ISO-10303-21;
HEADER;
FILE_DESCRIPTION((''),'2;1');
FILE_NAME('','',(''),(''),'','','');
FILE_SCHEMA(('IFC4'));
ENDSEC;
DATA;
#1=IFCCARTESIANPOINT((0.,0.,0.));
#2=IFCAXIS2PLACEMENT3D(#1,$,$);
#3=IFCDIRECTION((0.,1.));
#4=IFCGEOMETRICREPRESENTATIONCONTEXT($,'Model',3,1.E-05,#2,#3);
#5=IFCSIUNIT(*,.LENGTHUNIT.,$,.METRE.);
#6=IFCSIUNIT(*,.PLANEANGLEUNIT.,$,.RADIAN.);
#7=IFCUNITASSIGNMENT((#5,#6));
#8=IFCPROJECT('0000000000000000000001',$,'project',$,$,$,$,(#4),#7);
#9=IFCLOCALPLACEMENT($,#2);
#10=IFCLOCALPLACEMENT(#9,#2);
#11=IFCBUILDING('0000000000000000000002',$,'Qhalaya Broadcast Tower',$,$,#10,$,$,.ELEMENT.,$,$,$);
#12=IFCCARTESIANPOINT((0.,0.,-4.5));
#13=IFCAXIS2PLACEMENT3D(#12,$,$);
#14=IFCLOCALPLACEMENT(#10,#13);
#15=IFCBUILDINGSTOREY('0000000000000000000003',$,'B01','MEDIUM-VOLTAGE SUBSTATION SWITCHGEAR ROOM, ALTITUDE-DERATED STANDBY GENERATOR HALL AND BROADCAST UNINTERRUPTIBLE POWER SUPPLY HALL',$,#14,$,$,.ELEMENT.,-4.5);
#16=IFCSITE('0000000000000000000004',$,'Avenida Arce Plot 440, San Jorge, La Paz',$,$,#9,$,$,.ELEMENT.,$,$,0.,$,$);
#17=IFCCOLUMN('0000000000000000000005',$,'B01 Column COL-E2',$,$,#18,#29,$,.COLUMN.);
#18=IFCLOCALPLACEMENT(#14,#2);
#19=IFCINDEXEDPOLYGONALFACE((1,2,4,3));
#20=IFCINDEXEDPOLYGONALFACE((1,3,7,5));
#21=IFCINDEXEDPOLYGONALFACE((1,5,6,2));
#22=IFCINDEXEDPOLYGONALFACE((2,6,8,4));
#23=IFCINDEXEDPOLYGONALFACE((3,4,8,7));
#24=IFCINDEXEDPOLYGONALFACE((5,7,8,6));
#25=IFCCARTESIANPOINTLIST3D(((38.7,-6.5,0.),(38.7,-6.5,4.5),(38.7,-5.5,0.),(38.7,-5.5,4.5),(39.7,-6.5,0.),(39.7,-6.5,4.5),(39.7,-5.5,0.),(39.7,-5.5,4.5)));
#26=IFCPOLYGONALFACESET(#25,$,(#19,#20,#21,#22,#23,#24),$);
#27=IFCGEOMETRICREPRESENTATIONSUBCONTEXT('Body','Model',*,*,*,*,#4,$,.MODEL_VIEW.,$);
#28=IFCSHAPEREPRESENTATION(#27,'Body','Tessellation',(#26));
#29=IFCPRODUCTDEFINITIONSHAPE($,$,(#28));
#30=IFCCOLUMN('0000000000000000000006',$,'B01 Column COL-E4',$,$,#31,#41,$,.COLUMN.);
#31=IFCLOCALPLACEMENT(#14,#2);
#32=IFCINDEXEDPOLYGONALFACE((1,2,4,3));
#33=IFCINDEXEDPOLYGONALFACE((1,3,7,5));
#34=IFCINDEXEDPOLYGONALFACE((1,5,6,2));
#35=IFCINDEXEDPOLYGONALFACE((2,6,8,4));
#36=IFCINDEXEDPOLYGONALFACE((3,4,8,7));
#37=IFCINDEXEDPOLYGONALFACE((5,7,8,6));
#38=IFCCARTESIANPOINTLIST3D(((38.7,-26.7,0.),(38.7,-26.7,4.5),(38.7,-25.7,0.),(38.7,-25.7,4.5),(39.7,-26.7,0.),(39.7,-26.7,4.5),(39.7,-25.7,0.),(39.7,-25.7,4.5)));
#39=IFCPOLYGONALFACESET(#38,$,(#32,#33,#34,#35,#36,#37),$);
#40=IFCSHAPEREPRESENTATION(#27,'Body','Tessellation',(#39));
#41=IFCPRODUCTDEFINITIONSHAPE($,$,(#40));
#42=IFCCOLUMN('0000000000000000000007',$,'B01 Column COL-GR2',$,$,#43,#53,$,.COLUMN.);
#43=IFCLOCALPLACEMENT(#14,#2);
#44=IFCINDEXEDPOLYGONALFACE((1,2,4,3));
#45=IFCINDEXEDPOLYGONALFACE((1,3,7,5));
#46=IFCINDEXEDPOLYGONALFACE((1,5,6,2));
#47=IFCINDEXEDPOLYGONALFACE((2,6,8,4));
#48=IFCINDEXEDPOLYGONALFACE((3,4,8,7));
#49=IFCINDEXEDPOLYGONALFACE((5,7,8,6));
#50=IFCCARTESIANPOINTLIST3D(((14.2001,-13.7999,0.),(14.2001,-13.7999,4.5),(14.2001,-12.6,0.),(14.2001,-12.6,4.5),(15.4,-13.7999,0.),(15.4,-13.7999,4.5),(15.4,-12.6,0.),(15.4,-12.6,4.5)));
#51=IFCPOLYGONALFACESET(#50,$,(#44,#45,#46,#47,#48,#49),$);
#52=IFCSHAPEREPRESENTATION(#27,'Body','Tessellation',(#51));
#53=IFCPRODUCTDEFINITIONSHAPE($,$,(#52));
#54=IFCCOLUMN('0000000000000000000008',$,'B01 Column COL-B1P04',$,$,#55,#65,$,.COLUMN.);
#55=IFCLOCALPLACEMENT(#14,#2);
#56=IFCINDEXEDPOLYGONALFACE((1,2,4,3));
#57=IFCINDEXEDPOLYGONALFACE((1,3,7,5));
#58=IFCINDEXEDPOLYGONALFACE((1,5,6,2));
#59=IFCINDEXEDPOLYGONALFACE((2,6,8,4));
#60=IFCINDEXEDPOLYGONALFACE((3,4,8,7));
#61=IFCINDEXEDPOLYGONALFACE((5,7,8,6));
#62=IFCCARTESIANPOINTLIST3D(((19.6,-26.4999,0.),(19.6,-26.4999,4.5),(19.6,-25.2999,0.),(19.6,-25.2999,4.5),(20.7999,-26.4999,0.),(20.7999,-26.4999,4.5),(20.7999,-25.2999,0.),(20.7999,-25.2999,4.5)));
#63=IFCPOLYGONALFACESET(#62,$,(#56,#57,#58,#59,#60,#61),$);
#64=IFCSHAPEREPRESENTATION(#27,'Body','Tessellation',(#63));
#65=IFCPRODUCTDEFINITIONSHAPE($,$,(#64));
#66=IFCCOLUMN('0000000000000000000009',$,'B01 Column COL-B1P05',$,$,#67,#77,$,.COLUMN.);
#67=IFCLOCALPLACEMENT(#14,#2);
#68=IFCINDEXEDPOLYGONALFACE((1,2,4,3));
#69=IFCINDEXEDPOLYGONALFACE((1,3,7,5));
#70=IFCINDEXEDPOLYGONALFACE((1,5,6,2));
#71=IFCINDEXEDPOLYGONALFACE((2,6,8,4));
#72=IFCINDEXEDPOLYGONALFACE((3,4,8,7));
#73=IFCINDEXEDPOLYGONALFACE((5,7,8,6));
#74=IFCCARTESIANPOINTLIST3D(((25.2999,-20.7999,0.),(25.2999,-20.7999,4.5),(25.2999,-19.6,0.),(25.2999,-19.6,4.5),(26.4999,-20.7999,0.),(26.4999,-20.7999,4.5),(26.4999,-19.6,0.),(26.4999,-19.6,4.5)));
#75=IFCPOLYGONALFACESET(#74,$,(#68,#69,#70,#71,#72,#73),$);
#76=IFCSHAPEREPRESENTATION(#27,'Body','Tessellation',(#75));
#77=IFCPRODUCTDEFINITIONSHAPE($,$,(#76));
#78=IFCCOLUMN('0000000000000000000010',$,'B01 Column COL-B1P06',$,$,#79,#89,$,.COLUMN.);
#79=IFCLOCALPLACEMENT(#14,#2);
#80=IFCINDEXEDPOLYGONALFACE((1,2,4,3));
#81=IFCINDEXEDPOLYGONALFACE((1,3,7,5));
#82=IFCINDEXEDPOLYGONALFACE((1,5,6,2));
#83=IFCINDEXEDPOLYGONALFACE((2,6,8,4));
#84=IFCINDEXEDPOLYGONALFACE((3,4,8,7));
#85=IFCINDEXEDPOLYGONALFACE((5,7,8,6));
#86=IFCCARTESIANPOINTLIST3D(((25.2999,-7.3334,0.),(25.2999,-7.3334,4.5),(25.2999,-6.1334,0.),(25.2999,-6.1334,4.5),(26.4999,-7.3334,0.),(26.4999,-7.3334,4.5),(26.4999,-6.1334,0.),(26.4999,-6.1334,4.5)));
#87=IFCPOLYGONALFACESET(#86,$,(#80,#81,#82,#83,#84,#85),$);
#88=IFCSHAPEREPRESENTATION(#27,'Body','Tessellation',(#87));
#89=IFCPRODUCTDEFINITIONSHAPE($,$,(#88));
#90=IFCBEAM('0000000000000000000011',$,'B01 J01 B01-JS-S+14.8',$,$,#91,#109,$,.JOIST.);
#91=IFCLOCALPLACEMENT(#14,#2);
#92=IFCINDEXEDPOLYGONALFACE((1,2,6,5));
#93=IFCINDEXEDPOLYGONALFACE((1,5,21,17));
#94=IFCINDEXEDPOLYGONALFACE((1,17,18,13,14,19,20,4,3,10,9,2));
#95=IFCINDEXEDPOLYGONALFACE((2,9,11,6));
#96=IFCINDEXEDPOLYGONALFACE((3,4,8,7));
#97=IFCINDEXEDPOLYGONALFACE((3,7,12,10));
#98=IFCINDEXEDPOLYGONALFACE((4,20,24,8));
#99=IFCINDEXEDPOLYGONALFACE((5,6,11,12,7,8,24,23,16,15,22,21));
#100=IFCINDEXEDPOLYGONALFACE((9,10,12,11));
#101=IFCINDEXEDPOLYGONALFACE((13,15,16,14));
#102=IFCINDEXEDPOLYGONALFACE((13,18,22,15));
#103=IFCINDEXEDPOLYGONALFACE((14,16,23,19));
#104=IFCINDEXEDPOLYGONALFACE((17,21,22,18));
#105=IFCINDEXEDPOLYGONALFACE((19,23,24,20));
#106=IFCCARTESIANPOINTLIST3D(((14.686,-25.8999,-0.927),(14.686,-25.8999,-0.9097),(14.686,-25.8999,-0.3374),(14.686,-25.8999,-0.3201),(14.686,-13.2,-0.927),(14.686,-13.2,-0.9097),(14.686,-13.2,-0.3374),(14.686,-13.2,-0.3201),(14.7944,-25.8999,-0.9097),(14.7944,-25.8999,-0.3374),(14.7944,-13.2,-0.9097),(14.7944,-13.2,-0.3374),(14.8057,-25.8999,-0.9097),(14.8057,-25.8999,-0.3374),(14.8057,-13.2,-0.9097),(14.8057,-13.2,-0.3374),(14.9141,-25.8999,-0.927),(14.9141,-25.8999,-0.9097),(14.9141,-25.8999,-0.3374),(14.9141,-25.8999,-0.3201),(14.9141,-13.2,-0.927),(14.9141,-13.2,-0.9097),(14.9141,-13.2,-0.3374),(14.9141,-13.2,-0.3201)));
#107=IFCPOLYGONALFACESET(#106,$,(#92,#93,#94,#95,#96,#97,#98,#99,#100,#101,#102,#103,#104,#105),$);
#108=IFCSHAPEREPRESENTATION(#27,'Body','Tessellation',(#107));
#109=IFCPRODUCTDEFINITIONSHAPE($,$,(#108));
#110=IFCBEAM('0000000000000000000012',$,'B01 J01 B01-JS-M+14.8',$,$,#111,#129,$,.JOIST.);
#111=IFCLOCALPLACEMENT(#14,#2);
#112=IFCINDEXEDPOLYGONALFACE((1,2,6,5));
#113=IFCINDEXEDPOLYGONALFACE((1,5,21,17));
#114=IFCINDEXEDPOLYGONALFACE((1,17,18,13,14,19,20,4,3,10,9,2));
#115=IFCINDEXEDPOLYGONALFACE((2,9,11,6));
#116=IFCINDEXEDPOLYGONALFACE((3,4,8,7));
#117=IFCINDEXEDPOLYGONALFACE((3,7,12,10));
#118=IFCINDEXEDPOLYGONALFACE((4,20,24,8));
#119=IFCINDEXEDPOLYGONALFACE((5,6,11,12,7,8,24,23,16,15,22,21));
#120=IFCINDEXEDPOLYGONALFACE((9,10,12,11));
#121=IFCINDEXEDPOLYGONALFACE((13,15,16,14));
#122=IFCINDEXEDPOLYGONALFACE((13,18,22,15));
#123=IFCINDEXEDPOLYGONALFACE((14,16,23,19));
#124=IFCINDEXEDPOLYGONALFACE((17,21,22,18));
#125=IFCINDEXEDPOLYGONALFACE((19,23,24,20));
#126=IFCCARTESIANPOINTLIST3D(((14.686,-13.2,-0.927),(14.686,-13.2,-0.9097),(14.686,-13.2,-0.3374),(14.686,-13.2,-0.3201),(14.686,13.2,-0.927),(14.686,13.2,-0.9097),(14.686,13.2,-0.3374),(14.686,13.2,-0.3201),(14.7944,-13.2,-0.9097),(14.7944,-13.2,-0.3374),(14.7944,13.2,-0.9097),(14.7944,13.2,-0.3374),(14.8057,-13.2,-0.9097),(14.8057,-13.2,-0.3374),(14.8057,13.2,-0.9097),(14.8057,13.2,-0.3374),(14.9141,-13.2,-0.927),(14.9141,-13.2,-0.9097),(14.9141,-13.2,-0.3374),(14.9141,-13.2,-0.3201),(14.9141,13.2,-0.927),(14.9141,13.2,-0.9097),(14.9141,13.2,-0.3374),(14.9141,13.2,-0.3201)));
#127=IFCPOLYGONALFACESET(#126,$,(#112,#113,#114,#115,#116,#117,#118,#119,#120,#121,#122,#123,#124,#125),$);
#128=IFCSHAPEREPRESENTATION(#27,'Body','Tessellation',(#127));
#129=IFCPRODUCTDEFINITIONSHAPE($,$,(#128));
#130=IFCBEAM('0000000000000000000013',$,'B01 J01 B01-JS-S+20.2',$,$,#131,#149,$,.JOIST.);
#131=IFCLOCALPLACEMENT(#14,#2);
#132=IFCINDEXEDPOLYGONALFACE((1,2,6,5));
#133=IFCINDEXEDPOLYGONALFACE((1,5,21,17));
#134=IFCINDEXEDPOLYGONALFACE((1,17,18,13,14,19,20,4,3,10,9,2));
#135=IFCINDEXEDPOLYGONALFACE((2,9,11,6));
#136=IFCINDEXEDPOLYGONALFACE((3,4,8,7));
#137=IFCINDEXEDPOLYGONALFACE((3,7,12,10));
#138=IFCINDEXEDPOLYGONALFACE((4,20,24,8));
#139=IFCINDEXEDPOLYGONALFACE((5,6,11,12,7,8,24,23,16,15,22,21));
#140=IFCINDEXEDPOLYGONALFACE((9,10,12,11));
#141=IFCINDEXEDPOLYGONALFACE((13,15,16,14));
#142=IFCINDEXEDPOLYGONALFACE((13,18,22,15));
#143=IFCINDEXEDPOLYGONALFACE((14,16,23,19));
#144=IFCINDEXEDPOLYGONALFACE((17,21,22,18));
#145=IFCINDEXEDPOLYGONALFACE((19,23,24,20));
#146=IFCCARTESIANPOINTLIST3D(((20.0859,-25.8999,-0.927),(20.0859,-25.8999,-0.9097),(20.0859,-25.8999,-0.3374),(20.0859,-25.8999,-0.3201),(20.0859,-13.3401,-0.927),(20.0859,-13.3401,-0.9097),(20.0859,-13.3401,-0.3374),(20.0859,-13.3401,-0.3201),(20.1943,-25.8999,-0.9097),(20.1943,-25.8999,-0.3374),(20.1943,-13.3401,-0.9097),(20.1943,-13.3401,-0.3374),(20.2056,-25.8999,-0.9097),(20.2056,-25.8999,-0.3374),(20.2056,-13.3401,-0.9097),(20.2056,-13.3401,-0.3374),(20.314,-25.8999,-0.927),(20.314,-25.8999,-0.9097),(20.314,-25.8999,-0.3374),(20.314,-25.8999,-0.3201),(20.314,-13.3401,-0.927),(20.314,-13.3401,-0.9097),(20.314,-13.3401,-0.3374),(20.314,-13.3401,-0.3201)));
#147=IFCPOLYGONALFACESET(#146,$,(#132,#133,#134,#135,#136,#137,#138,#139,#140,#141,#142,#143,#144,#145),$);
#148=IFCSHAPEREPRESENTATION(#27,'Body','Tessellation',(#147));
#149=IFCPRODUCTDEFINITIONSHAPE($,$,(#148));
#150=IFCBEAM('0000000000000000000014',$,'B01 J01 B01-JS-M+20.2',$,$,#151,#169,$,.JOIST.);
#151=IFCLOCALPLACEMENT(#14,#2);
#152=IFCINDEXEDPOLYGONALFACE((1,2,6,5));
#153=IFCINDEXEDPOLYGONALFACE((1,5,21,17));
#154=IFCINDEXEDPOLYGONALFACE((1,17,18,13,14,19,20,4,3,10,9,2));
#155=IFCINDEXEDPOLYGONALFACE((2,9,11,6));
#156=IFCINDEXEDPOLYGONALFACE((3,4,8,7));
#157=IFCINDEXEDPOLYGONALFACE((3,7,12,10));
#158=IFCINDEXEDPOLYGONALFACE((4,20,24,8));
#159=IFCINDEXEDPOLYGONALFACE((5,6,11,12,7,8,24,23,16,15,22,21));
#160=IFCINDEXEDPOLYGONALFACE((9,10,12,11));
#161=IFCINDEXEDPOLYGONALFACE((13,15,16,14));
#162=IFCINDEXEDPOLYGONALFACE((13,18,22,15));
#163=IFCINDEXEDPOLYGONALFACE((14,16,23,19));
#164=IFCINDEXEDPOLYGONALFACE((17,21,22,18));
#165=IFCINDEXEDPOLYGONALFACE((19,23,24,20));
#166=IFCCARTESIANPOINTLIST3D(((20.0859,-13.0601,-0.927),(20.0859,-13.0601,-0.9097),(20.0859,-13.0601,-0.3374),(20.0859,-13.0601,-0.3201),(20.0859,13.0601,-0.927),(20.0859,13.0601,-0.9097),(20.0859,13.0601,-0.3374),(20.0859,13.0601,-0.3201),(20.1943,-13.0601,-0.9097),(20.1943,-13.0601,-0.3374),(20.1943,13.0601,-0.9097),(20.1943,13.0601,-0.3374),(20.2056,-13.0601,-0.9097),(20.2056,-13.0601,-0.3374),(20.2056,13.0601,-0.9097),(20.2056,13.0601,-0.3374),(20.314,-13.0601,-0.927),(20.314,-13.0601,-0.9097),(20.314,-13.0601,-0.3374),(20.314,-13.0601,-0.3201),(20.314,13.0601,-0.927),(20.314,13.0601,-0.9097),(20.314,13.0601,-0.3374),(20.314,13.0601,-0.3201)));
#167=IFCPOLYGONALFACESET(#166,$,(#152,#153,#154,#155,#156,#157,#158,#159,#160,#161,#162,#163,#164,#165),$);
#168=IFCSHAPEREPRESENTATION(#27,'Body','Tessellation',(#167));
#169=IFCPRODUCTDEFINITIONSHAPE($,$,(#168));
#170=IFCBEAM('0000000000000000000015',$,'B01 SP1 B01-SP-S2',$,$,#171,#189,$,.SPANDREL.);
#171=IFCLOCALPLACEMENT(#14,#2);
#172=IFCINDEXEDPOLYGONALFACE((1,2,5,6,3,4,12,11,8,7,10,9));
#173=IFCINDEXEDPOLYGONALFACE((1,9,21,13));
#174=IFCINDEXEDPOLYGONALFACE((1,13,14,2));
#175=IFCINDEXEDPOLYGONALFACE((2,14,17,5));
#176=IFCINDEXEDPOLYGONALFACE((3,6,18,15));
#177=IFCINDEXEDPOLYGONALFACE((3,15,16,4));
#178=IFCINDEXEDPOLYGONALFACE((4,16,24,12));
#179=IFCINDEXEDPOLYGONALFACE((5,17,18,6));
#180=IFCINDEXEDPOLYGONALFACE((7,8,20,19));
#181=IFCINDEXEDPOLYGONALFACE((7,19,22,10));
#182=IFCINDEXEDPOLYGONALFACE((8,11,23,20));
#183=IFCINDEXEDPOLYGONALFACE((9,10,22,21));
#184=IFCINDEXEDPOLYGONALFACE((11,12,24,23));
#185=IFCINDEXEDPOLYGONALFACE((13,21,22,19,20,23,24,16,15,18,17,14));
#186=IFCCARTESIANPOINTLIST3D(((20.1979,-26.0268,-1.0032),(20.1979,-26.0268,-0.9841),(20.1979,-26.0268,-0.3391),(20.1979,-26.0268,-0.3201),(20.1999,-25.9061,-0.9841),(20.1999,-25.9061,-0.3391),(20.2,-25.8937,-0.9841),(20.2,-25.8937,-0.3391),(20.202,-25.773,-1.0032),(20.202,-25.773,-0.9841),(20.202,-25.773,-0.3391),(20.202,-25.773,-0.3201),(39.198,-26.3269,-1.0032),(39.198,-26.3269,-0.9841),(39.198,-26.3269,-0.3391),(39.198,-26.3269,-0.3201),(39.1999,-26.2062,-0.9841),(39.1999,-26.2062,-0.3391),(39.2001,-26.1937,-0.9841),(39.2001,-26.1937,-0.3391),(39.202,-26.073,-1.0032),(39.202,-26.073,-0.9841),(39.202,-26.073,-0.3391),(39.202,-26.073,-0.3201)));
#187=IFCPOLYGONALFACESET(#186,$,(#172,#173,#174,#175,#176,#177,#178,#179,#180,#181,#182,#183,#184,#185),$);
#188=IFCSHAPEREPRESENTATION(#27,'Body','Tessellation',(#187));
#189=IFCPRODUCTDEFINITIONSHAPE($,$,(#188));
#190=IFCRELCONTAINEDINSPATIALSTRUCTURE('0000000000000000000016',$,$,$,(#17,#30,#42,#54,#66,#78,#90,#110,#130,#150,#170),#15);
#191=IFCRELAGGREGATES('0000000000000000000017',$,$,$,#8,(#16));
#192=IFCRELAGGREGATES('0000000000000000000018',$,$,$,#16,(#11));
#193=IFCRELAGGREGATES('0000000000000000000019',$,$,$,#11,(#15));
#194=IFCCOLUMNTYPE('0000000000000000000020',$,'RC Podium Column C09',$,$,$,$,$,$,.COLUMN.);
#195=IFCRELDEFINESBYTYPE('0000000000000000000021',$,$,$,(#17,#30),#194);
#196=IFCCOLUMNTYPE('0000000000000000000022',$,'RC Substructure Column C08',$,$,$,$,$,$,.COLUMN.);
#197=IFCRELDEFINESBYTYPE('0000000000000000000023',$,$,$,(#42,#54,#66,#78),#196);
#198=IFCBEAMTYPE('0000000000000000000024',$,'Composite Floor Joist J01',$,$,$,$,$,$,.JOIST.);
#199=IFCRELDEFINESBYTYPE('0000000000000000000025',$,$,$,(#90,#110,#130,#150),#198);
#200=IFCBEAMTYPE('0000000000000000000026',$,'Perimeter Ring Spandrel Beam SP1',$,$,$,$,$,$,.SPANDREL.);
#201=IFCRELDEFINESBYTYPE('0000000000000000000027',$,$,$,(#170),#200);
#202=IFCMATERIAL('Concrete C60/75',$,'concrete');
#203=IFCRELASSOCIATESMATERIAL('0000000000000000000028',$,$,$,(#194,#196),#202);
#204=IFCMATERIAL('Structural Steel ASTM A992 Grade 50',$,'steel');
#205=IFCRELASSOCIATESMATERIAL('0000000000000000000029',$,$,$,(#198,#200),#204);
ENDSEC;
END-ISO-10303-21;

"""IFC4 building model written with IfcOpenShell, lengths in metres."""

from ifc_helpers import new_model, si_unit, direction, frame, origin, origin_2d, place, context, subcontext, project, spatial, rectangle, i_section, extrude, material, material_profile, profile_set, type_object, element, save


model = new_model("IFC4")

# Units and contexts
model_context = context("Model", 3, precision=1e-05, world=origin(), true_north=direction((0.0, 1.0)))
body_context = subcontext(model_context, "Body", "Model", "MODEL_VIEW")
ifc_project = project(units=[si_unit("LENGTHUNIT", "METRE"), si_unit("PLANEANGLEUNIT", "RADIAN")], contexts=[model_context])

# Site, building, storey
site_placement = place(None, origin())
site = spatial("IfcSite", under=ifc_project, at=site_placement, Name="Avenida Arce Plot 440, San Jorge, La Paz", CompositionType="ELEMENT", RefElevation=0.0)
building_placement = place(site_placement, origin())
building = spatial("IfcBuilding", under=site, at=building_placement, Name="Qhalaya Broadcast Tower", CompositionType="ELEMENT")
storey_placement = place(building_placement, frame((0.0, 0.0, -4.5)))
storey = spatial("IfcBuildingStorey", under=building, at=storey_placement, Name="B01", Description="MEDIUM-VOLTAGE SUBSTATION SWITCHGEAR ROOM, ALTITUDE-DERATED STANDBY GENERATOR HALL AND BROADCAST UNINTERRUPTIBLE POWER SUPPLY HALL", CompositionType="ELEMENT", Elevation=-4.5)

# Columns
ifc_material_1 = material(Name="Concrete C60/75", Category="concrete")
ifc_material_profile_1 = material_profile(ifc_material_1, rectangle(XDim=1.0, YDim=1.0, at=origin_2d()), Name="RC-COL 1000x1000")
ifc_profile_set_1 = profile_set([ifc_material_profile_1], Name="Concrete C60/75")
column_type_1 = type_object("IfcColumnType", Name="RC Podium Column C09", PredefinedType="COLUMN", material=ifc_profile_set_1)
for number, where, z_axis, x_axis, name in (
    (1, (39.2, -6.0, 0.0), (0.0, 0.0, 1.0), (1.0, 0.0, 0.0), "B01 Column COL-E2"),
    (2, (39.2, -26.2, 0.0), (0.0, 0.0, 1.0), (1.0, 0.0, 0.0), "B01 Column COL-E4"),
):
    element("IfcColumn", number, at=place(storey_placement, frame(where, z_axis=z_axis, x_axis=x_axis)), inside=storey, type_object=column_type_1, Name=name, PredefinedType="COLUMN", context=body_context, shape_type="SweptSolid", body=[
        extrude(rectangle(XDim=1.0, YDim=1.0, at=origin_2d()), origin(), (0.0, 0.0, 1.0), 4.5),
    ])
ifc_material_profile_2 = material_profile(ifc_material_1, rectangle(XDim=1.2, YDim=1.2, at=origin_2d()), Name="RC-COL 1200x1200")
ifc_profile_set_2 = profile_set([ifc_material_profile_2], Name="Concrete C60/75")
column_type_2 = type_object("IfcColumnType", Name="RC Substructure Column C08", PredefinedType="COLUMN", material=ifc_profile_set_2)
for number, where, z_axis, x_axis, name in (
    (3, (14.8, -13.2, 0.0), (0.0, 0.0, 1.0), (1.0, 0.0, 0.0), "B01 Column COL-GR2"),
    (4, (20.2, -25.8999, 0.0), (0.0, 0.0, 1.0), (1.0, 0.0, 0.0), "B01 Column COL-B1P04"),
    (5, (25.8999, -20.2, 0.0), (0.0, 0.0, 1.0), (0.0, 1.0, 0.0), "B01 Column COL-B1P05"),
    (6, (25.8999, -6.7334, 0.0), (0.0, 0.0, 1.0), (0.0, 1.0, 0.0), "B01 Column COL-B1P06"),
):
    element("IfcColumn", number, at=place(storey_placement, frame(where, z_axis=z_axis, x_axis=x_axis)), inside=storey, type_object=column_type_2, Name=name, PredefinedType="COLUMN", context=body_context, shape_type="SweptSolid", body=[
        extrude(rectangle(XDim=1.2, YDim=1.2, at=origin_2d()), origin(), (0.0, 0.0, 1.0), 4.5),
    ])

# Beams
ifc_material_2 = material(Name="Structural Steel ASTM A992 Grade 50", Category="steel")
ifc_material_profile_3 = material_profile(ifc_material_2, i_section(OverallWidth=0.228, OverallDepth=0.6069, WebThickness=0.0112, FlangeThickness=0.0173, at=origin_2d()), Name="W24X76")
ifc_profile_set_3 = profile_set([ifc_material_profile_3], Name="Structural Steel ASTM A992 Grade 50")
beam_type_1 = type_object("IfcBeamType", Name="Composite Floor Joist J01", PredefinedType="JOIST", material=ifc_profile_set_3)
beam_1_placement = place(storey_placement, frame((14.8, -25.8999, -0.6235), z_axis=(0.0, 1.0, 0.0), x_axis=(-1.0, 0.0, 0.0)))
element("IfcBeam", 7, at=beam_1_placement, inside=storey, type_object=beam_type_1, Name="B01 J01 B01-JS-S+14.8", PredefinedType="JOIST", context=body_context, shape_type="SweptSolid", body=[
    extrude(i_section(OverallWidth=0.228, OverallDepth=0.6069, WebThickness=0.0112, FlangeThickness=0.0173, at=origin_2d()), origin(), (0.0, 0.0, 1.0), 12.7),
])
beam_2_placement = place(storey_placement, frame((14.8, -13.2, -0.6235), z_axis=(0.0, 1.0, 0.0), x_axis=(-1.0, 0.0, 0.0)))
element("IfcBeam", 8, at=beam_2_placement, inside=storey, type_object=beam_type_1, Name="B01 J01 B01-JS-M+14.8", PredefinedType="JOIST", context=body_context, shape_type="SweptSolid", body=[
    extrude(i_section(OverallWidth=0.228, OverallDepth=0.6069, WebThickness=0.0112, FlangeThickness=0.0173, at=origin_2d()), origin(), (0.0, 0.0, 1.0), 26.3999),
])
beam_3_placement = place(storey_placement, frame((20.2, -25.8999, -0.6235), z_axis=(0.0, 1.0, 0.0), x_axis=(-1.0, 0.0, 0.0)))
element("IfcBeam", 9, at=beam_3_placement, inside=storey, type_object=beam_type_1, Name="B01 J01 B01-JS-S+20.2", PredefinedType="JOIST", context=body_context, shape_type="SweptSolid", body=[
    extrude(i_section(OverallWidth=0.228, OverallDepth=0.6069, WebThickness=0.0112, FlangeThickness=0.0173, at=origin_2d()), origin(), (0.0, 0.0, 1.0), 12.5598),
])
beam_4_placement = place(storey_placement, frame((20.2, -13.0601, -0.6235), z_axis=(0.0, 1.0, 0.0), x_axis=(-1.0, 0.0, 0.0)))
element("IfcBeam", 10, at=beam_4_placement, inside=storey, type_object=beam_type_1, Name="B01 J01 B01-JS-M+20.2", PredefinedType="JOIST", context=body_context, shape_type="SweptSolid", body=[
    extrude(i_section(OverallWidth=0.228, OverallDepth=0.6069, WebThickness=0.0112, FlangeThickness=0.0173, at=origin_2d()), origin(), (0.0, 0.0, 1.0), 26.1201),
])
ifc_material_profile_4 = material_profile(ifc_material_2, i_section(OverallWidth=0.2539, OverallDepth=0.6831, WebThickness=0.0125, FlangeThickness=0.019, at=origin_2d()), Name="W27X94")
ifc_profile_set_4 = profile_set([ifc_material_profile_4], Name="Structural Steel ASTM A992 Grade 50")
beam_type_2 = type_object("IfcBeamType", Name="Perimeter Ring Spandrel Beam SP1", PredefinedType="SPANDREL", material=ifc_profile_set_4)
beam_5_placement = place(storey_placement, frame((20.2, -25.8999, -0.6616), z_axis=(0.999875, -0.01579, 0.0), x_axis=(0.01579, 0.999875, 0.0)))
element("IfcBeam", 11, at=beam_5_placement, inside=storey, type_object=beam_type_2, Name="B01 SP1 B01-SP-S2", PredefinedType="SPANDREL", context=body_context, shape_type="SweptSolid", body=[
    extrude(i_section(OverallWidth=0.2539, OverallDepth=0.6831, WebThickness=0.0125, FlangeThickness=0.019, at=origin_2d()), origin(), (0.0, 0.0, 1.0), 19.0024),
])

save(model, "model.ifc")
